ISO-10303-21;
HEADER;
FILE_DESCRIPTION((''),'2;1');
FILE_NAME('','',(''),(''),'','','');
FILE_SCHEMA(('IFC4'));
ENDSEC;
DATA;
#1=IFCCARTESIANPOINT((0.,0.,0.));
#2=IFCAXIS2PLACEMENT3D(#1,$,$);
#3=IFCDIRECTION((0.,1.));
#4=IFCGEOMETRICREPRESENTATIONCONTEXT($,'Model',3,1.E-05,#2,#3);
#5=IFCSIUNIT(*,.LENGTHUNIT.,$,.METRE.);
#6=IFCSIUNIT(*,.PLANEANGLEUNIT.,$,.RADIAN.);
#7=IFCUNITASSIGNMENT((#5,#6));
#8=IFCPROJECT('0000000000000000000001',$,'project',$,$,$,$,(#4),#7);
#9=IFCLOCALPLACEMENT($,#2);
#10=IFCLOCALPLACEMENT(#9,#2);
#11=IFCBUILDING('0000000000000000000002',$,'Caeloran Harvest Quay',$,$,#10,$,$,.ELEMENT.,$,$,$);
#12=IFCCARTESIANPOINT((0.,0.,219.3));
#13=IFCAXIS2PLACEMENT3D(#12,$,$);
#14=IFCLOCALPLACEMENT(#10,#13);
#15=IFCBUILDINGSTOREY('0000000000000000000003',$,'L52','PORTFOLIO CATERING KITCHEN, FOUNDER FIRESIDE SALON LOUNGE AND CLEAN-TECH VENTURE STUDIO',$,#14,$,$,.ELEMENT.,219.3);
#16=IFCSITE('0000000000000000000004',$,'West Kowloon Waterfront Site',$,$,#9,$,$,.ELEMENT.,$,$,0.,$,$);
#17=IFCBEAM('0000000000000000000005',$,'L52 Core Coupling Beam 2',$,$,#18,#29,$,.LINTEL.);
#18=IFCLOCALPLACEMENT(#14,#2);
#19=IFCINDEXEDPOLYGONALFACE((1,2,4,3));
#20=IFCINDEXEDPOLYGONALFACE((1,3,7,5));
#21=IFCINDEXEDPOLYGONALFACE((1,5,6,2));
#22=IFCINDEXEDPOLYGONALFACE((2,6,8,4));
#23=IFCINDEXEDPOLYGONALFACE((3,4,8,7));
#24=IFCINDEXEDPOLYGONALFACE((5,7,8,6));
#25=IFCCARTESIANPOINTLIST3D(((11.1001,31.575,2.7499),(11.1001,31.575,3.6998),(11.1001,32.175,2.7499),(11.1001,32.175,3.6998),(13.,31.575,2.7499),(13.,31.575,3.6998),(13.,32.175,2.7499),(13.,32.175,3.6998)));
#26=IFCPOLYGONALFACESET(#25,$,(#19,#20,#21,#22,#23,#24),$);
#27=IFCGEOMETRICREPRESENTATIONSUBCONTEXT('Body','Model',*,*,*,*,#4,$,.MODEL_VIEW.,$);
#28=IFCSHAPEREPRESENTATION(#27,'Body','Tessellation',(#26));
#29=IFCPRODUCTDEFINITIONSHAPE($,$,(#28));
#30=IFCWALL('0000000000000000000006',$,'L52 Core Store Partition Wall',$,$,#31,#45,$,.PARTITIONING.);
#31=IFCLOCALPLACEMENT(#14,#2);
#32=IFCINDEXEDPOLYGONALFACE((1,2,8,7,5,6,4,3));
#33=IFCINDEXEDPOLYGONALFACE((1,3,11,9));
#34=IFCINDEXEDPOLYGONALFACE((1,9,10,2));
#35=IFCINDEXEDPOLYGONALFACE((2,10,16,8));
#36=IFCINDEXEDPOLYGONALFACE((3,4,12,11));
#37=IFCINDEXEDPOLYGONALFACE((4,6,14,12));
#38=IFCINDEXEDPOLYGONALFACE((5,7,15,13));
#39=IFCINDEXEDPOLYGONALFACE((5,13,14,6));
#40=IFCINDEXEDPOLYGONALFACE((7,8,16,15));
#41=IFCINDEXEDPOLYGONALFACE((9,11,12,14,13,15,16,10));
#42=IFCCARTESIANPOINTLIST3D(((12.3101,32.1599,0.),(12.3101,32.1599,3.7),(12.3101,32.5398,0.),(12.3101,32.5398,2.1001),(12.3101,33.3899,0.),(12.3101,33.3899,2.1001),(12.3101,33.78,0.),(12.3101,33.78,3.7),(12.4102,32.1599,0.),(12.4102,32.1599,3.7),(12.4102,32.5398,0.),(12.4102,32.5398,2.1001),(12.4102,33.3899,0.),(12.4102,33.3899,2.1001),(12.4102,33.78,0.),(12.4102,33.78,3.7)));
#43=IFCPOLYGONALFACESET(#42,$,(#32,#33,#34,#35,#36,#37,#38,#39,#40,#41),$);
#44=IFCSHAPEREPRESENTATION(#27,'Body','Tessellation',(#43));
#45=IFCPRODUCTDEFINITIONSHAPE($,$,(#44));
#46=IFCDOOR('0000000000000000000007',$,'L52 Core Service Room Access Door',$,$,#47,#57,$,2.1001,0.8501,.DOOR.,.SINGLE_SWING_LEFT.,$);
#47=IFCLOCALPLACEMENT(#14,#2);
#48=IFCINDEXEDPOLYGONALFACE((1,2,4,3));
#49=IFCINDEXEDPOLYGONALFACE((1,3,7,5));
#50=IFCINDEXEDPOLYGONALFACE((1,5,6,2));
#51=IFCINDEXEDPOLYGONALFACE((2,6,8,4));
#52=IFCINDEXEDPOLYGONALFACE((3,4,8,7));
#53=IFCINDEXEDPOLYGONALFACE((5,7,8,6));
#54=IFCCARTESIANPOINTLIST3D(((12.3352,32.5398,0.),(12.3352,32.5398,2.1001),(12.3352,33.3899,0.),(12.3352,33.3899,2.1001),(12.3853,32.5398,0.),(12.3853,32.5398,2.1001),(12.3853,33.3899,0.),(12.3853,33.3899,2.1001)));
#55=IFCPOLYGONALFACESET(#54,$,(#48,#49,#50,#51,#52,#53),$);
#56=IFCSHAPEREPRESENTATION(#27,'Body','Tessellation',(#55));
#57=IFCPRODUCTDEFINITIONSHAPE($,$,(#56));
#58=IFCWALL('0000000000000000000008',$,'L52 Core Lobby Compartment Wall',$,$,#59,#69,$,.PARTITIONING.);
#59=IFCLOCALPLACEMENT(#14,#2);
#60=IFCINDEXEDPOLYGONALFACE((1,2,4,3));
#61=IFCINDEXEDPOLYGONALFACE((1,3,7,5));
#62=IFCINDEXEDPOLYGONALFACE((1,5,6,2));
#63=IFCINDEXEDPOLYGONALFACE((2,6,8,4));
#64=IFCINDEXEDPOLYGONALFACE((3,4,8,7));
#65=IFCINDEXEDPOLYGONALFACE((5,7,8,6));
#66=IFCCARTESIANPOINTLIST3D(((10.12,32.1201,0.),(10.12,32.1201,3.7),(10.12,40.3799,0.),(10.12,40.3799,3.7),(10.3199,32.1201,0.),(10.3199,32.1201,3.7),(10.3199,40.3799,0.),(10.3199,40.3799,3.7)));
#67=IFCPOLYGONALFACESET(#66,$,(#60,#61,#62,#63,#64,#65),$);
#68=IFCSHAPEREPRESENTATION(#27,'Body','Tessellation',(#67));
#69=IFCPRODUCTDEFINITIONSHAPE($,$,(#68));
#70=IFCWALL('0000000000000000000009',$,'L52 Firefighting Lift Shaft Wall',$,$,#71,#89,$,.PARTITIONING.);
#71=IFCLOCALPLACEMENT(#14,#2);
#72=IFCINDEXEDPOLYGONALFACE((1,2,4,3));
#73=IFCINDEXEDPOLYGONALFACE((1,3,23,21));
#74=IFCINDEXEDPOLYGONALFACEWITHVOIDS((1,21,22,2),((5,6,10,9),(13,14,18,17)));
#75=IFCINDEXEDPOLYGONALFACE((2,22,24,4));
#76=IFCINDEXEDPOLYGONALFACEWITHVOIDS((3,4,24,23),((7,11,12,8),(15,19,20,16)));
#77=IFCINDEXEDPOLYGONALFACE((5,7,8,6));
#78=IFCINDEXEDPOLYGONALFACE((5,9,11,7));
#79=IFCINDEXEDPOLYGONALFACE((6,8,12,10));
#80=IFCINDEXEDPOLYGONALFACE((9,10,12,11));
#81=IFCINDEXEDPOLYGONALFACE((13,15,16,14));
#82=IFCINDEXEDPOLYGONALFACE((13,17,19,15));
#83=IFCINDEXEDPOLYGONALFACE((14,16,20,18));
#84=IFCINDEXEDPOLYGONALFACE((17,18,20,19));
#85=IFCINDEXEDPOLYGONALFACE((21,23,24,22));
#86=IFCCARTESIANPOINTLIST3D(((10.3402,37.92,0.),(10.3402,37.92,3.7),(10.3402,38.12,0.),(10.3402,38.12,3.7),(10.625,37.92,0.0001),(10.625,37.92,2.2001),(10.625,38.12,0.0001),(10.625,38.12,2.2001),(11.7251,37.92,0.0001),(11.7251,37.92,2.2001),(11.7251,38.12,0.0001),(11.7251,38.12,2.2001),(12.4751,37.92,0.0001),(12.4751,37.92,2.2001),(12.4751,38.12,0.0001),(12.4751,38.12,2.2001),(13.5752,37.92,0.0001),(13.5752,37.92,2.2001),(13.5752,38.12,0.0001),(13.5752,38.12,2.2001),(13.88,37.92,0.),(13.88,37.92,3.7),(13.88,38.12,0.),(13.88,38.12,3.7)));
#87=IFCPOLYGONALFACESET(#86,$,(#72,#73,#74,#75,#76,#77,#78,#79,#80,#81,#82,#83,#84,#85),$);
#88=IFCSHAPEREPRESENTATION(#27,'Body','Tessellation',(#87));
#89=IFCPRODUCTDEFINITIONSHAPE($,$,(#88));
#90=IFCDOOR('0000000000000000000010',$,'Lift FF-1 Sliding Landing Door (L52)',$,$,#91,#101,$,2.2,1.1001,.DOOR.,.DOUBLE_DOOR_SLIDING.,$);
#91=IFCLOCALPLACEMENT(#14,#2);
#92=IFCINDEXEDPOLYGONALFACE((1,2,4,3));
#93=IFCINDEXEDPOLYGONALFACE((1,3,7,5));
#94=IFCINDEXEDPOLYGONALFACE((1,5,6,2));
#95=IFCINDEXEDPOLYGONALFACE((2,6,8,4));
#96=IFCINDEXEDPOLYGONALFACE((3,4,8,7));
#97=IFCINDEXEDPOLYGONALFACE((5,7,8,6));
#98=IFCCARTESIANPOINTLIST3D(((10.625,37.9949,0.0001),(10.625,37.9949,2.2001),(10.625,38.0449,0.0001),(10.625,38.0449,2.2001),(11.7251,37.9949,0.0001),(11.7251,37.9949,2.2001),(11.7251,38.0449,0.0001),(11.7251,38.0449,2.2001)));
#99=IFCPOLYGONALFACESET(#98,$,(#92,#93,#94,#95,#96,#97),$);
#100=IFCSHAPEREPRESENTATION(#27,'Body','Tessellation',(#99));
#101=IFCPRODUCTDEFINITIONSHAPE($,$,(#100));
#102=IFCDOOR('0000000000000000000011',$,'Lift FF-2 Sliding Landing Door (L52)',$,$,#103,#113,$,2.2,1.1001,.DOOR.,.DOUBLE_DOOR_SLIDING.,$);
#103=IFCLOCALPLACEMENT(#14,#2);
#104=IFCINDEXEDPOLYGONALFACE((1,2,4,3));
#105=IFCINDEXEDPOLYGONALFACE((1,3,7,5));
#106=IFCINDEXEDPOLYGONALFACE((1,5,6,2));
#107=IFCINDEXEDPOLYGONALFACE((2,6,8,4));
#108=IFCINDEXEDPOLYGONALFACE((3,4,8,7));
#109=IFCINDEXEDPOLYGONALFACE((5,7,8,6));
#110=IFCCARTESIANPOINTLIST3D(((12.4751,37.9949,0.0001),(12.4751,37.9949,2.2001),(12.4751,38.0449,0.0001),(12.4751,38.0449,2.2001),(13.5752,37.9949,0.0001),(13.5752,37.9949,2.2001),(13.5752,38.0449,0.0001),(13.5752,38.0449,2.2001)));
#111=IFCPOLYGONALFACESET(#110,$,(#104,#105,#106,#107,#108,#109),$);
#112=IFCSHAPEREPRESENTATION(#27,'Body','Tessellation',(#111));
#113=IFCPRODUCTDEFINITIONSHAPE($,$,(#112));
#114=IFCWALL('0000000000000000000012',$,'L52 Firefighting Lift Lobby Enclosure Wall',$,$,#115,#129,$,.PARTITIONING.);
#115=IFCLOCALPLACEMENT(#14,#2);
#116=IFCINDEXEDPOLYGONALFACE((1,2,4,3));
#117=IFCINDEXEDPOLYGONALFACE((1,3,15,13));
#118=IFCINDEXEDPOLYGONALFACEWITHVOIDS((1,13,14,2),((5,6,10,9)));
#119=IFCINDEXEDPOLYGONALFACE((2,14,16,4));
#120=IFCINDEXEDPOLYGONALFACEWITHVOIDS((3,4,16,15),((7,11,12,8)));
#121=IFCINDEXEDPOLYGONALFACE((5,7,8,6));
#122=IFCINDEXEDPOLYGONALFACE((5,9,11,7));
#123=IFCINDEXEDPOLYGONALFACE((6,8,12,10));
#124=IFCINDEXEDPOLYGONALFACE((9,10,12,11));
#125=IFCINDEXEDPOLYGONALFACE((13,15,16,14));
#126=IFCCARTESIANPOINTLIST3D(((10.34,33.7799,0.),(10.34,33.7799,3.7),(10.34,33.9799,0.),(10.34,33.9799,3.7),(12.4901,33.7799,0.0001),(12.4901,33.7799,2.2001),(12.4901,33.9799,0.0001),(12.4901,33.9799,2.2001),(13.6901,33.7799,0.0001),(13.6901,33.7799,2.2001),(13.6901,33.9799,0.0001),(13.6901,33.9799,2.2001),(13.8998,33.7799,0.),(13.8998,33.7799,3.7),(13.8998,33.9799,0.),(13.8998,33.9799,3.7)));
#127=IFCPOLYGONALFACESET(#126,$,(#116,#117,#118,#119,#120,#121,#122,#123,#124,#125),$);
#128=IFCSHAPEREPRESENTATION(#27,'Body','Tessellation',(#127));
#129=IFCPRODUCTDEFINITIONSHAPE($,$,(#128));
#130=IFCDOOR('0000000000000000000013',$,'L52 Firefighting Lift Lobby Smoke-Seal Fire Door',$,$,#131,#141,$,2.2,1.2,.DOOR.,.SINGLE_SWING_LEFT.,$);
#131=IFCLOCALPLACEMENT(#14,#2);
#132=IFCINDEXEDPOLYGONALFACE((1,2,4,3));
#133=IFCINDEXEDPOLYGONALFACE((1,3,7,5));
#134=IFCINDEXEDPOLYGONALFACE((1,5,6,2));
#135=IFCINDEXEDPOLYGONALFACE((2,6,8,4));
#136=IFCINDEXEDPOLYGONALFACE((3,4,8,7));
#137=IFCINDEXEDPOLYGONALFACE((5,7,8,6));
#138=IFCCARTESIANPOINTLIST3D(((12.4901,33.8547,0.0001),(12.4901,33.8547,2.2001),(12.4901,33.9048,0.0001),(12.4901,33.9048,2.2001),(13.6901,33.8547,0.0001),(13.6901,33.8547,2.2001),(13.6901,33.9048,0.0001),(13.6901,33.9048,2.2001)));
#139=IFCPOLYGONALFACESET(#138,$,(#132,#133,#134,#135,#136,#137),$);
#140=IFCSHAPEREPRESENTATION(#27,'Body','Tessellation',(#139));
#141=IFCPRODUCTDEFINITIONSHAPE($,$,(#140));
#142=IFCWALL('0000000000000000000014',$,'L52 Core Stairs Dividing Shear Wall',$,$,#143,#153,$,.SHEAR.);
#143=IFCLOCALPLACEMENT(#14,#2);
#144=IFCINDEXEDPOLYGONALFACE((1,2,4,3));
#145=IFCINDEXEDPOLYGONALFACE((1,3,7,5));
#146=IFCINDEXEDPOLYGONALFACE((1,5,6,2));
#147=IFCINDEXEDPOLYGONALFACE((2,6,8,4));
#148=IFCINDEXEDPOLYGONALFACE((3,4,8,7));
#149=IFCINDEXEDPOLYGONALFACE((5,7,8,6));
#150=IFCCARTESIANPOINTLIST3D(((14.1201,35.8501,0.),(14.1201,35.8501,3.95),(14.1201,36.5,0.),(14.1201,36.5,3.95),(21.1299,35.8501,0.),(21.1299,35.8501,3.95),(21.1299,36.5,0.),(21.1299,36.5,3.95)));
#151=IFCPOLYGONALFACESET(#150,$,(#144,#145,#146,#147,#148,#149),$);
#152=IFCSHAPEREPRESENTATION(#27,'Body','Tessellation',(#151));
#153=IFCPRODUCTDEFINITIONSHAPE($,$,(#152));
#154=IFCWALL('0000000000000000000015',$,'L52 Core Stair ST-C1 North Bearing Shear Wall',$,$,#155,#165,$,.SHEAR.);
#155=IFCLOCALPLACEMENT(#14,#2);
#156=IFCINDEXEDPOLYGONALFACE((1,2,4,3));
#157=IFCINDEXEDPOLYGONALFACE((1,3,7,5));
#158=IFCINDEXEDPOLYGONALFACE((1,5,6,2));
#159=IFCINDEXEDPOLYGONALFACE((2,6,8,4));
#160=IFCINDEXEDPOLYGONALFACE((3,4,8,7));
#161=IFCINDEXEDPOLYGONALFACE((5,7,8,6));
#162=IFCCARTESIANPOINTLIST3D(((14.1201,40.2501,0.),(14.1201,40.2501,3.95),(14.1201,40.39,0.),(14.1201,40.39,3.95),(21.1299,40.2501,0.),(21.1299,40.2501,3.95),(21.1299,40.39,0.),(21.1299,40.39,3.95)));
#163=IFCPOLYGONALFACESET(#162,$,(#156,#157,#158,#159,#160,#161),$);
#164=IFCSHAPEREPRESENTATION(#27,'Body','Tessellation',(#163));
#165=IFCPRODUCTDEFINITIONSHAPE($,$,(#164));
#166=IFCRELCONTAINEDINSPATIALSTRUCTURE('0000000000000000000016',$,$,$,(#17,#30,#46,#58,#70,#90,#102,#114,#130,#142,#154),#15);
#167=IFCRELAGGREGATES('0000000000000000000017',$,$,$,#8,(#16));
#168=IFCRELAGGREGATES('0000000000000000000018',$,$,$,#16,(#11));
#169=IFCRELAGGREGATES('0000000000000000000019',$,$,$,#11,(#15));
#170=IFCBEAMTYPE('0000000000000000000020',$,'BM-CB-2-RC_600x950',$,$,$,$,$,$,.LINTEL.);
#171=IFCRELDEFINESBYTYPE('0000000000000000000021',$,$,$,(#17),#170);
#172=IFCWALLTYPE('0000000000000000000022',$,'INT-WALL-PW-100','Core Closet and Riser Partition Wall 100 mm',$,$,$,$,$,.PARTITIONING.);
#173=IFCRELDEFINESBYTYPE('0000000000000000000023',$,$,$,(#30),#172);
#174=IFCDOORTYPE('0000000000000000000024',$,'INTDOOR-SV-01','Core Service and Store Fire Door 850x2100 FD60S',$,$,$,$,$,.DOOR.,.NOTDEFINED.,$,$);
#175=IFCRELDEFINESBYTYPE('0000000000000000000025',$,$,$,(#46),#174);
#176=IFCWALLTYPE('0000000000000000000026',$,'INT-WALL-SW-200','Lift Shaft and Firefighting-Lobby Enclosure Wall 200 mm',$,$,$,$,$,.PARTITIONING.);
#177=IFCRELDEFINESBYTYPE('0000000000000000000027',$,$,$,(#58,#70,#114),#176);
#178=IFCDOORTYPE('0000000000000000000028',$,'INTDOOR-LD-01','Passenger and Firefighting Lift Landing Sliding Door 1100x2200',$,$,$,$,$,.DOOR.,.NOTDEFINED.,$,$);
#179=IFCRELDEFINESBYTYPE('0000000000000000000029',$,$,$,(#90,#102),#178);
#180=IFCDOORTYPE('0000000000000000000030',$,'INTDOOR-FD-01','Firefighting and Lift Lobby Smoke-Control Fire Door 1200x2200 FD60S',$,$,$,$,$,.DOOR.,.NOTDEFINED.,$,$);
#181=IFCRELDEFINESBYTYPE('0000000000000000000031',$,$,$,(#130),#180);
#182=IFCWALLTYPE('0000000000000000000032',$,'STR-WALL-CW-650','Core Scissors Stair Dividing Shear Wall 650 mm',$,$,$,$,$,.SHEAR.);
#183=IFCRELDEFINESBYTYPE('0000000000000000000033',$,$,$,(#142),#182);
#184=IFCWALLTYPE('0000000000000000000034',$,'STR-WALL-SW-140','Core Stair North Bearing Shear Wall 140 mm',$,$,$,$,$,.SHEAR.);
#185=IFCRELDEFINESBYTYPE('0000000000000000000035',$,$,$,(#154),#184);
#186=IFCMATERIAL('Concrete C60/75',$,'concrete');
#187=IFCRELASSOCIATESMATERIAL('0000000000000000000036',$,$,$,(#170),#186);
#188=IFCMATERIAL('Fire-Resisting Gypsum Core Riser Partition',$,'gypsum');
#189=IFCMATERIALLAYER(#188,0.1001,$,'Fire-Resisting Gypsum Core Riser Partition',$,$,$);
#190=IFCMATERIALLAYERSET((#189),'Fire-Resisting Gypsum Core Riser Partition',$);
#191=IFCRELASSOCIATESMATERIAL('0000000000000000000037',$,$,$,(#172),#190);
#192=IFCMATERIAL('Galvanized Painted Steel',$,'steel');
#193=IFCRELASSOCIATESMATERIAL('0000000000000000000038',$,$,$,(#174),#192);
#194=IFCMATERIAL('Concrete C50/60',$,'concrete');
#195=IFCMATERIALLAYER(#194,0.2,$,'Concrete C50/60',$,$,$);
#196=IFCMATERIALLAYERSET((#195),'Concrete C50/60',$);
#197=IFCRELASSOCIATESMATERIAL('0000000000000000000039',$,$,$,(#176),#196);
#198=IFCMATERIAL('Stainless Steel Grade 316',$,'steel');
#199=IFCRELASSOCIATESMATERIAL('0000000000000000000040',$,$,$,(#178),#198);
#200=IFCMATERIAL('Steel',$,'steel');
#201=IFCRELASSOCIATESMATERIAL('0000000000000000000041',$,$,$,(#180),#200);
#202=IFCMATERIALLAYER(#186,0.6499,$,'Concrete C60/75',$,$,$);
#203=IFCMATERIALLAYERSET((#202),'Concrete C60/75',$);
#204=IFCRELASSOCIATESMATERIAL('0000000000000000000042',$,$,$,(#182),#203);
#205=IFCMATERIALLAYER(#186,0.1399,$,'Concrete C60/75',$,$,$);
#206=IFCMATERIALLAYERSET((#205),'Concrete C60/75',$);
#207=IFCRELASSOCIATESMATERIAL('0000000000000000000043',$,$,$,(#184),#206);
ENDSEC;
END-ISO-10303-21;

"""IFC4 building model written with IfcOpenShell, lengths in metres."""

from ifc_helpers import new_model, si_unit, direction, frame, frame_2d, origin, origin_2d, place, context, subcontext, project, spatial, rectangle, extrude, material, layer, layer_set, material_profile, profile_set, type_object, element, fill, save


model = new_model("IFC4")

# Units and contexts
model_context = context("Model", 3, precision=1e-05, world=origin(), true_north=direction((0.0, 1.0)))
body_context = subcontext(model_context, "Body", "Model", "MODEL_VIEW")
ifc_project = project(units=[si_unit("LENGTHUNIT", "METRE"), si_unit("PLANEANGLEUNIT", "RADIAN")], contexts=[model_context])

# Site, building, storey
site_placement = place(None, origin())
site = spatial("IfcSite", under=ifc_project, at=site_placement, Name="West Kowloon Waterfront Site", CompositionType="ELEMENT", RefElevation=0.0)
building_placement = place(site_placement, origin())
building = spatial("IfcBuilding", under=site, at=building_placement, Name="Caeloran Harvest Quay", CompositionType="ELEMENT")
storey_placement = place(building_placement, frame((0.0, 0.0, 219.3)))
storey = spatial("IfcBuildingStorey", under=building, at=storey_placement, Name="L52", Description="PORTFOLIO CATERING KITCHEN, FOUNDER FIRESIDE SALON LOUNGE AND CLEAN-TECH VENTURE STUDIO", CompositionType="ELEMENT", Elevation=219.3)

# Beam
ifc_material_1 = material(Name="Concrete C60/75", Category="concrete")
ifc_material_profile = material_profile(ifc_material_1, rectangle(XDim=0.6001, YDim=0.95, at=origin_2d()), Name="RC 600x950")
ifc_profile_set = profile_set([ifc_material_profile], Name="Concrete C60/75")
beam_type = type_object("IfcBeamType", Name="BM-CB-2-RC_600x950", PredefinedType="LINTEL", material=ifc_profile_set)
beam_placement = place(storey_placement, frame((11.1001, 31.875, 3.2249), z_axis=(1.0, 0.0, 0.0), x_axis=(0.0, 1.0, 0.0)))
element("IfcBeam", 1, at=beam_placement, inside=storey, type_object=beam_type, Name="L52 Core Coupling Beam 2", PredefinedType="LINTEL", context=body_context, shape_type="SweptSolid", body=[
    extrude(rectangle(XDim=0.6001, YDim=0.95, at=origin_2d()), origin(), (0.0, 0.0, 1.0), 1.8999),
])

# Wall, opening, door
ifc_material_2 = material(Name="Fire-Resisting Gypsum Core Riser Partition", Category="gypsum")
ifc_layer_1 = layer(ifc_material_2, 0.1001, Name="Fire-Resisting Gypsum Core Riser Partition")
ifc_layer_set_1 = layer_set([ifc_layer_1], Name="Fire-Resisting Gypsum Core Riser Partition")
wall_type_1 = type_object("IfcWallType", Name="INT-WALL-PW-100", Description="Core Closet and Riser Partition Wall 100 mm", PredefinedType="PARTITIONING", material=ifc_layer_set_1)
wall_1_placement = place(storey_placement, frame((12.3601, 32.1599, 0.0), z_axis=(0.0, 0.0, 1.0), x_axis=(0.0, 1.0, 0.0)))
wall_1 = element("IfcWall", 2, at=wall_1_placement, inside=storey, type_object=wall_type_1, Name="L52 Core Store Partition Wall", PredefinedType="PARTITIONING", context=body_context, shape_type="SweptSolid", body=[
    extrude(rectangle(XDim=1.6201, YDim=0.1001, at=frame_2d((0.8101, 0.0))), origin(), (0.0, 0.0, 1.0), 3.7),
])
opening_1_placement = place(wall_1_placement, frame((0.3799, 0.0, 0.0)))
opening_1 = element("IfcOpeningElement", 3, at=opening_1_placement, cuts=wall_1, PredefinedType="OPENING", context=body_context, shape_type="SweptSolid", body=[
    extrude(rectangle(XDim=0.8501, YDim=2.1001, at=frame_2d((0.425, 1.05))), frame((0.0, 0.0601, 0.0), z_axis=(0.0, -1.0, 0.0), x_axis=(1.0, 0.0, 0.0)), (0.0, 0.0, 1.0), 0.1201),
])
ifc_material_3 = material(Name="Galvanized Painted Steel", Category="steel")
door_type_1 = type_object("IfcDoorType", Name="INTDOOR-SV-01", Description="Core Service and Store Fire Door 850x2100 FD60S", OperationType="NOTDEFINED", PredefinedType="DOOR", material=ifc_material_3)
door_1_placement = place(opening_1_placement, origin())
door_1 = element("IfcDoor", 4, at=door_1_placement, inside=storey, type_object=door_type_1, Name="L52 Core Service Room Access Door", OperationType="SINGLE_SWING_LEFT", OverallHeight=2.1001, OverallWidth=0.8501, PredefinedType="DOOR", context=body_context, shape_type="SweptSolid", body=[
    extrude(rectangle(XDim=0.8501, YDim=2.1001, at=frame_2d((0.425, 1.05))), frame((0.0, 0.0249, 0.0), z_axis=(0.0, -1.0, 0.0), x_axis=(1.0, 0.0, 0.0)), (0.0, 0.0, 1.0), 0.05),
])
fill(opening_1, door_1)

# Wall
ifc_material_4 = material(Name="Concrete C50/60", Category="concrete")
ifc_layer_2 = layer(ifc_material_4, 0.2, Name="Concrete C50/60")
ifc_layer_set_2 = layer_set([ifc_layer_2], Name="Concrete C50/60")
wall_type_2 = type_object("IfcWallType", Name="INT-WALL-SW-200", Description="Lift Shaft and Firefighting-Lobby Enclosure Wall 200 mm", PredefinedType="PARTITIONING", material=ifc_layer_set_2)
wall_2_placement = place(storey_placement, frame((10.22, 32.1201, 0.0), z_axis=(0.0, 0.0, 1.0), x_axis=(0.0, 1.0, 0.0)))
element("IfcWall", 5, at=wall_2_placement, inside=storey, type_object=wall_type_2, Name="L52 Core Lobby Compartment Wall", PredefinedType="PARTITIONING", context=body_context, shape_type="SweptSolid", body=[
    extrude(rectangle(XDim=8.2598, YDim=0.2, at=frame_2d((4.1299, 0.0))), origin(), (0.0, 0.0, 1.0), 3.7),
])

# Wall, openings, doors
wall_3_placement = place(storey_placement, frame((10.3401, 38.02, 0.0), z_axis=(0.0, 0.0, 1.0), x_axis=(1.0, 0.0, 0.0)))
wall_3 = element("IfcWall", 6, at=wall_3_placement, inside=storey, type_object=wall_type_2, Name="L52 Firefighting Lift Shaft Wall", PredefinedType="PARTITIONING", context=body_context, shape_type="SweptSolid", body=[
    extrude(rectangle(XDim=3.5398, YDim=0.2, at=frame_2d((1.77, 0.0))), origin(), (0.0, 0.0, 1.0), 3.7),
])
opening_2_placement = place(wall_3_placement, frame((0.2849, 0.0, 0.0)))
opening_2 = element("IfcOpeningElement", 7, at=opening_2_placement, cuts=wall_3, PredefinedType="OPENING", context=body_context, shape_type="SweptSolid", body=[
    extrude(rectangle(XDim=1.1001, YDim=2.2, at=frame_2d((0.55, 1.1001))), frame((0.0, 0.1099, 0.0), z_axis=(0.0, -1.0, 0.0), x_axis=(1.0, 0.0, 0.0)), (0.0, 0.0, 1.0), 0.22),
])
opening_3_placement = place(wall_3_placement, frame((2.135, 0.0, 0.0)))
opening_3 = element("IfcOpeningElement", 8, at=opening_3_placement, cuts=wall_3, PredefinedType="OPENING", context=body_context, shape_type="SweptSolid", body=[
    extrude(rectangle(XDim=1.1001, YDim=2.2, at=frame_2d((0.55, 1.1001))), frame((0.0, 0.1099, 0.0), z_axis=(0.0, -1.0, 0.0), x_axis=(1.0, 0.0, 0.0)), (0.0, 0.0, 1.0), 0.22),
])
ifc_material_5 = material(Name="Stainless Steel Grade 316", Category="steel")
door_type_2 = type_object("IfcDoorType", Name="INTDOOR-LD-01", Description="Passenger and Firefighting Lift Landing Sliding Door 1100x2200", OperationType="NOTDEFINED", PredefinedType="DOOR", material=ifc_material_5)
door_2_placement = place(opening_2_placement, origin())
door_2 = element("IfcDoor", 9, at=door_2_placement, inside=storey, type_object=door_type_2, Name="Lift FF-1 Sliding Landing Door (L52)", OperationType="DOUBLE_DOOR_SLIDING", OverallHeight=2.2, OverallWidth=1.1001, PredefinedType="DOOR", context=body_context, shape_type="SweptSolid", body=[
    extrude(rectangle(XDim=1.1001, YDim=2.2, at=frame_2d((0.55, 1.1001))), frame((0.0, 0.0249, 0.0), z_axis=(0.0, -1.0, 0.0), x_axis=(1.0, 0.0, 0.0)), (0.0, 0.0, 1.0), 0.05),
])
fill(opening_2, door_2)
door_3_placement = place(opening_3_placement, origin())
door_3 = element("IfcDoor", 10, at=door_3_placement, inside=storey, type_object=door_type_2, Name="Lift FF-2 Sliding Landing Door (L52)", OperationType="DOUBLE_DOOR_SLIDING", OverallHeight=2.2, OverallWidth=1.1001, PredefinedType="DOOR", context=body_context, shape_type="SweptSolid", body=[
    extrude(rectangle(XDim=1.1001, YDim=2.2, at=frame_2d((0.55, 1.1001))), frame((0.0, 0.0249, 0.0), z_axis=(0.0, -1.0, 0.0), x_axis=(1.0, 0.0, 0.0)), (0.0, 0.0, 1.0), 0.05),
])
fill(opening_3, door_3)

# Wall, opening, door
wall_4_placement = place(storey_placement, frame((10.3401, 33.8799, 0.0), z_axis=(0.0, 0.0, 1.0), x_axis=(1.0, 0.0, 0.0)))
wall_4 = element("IfcWall", 11, at=wall_4_placement, inside=storey, type_object=wall_type_2, Name="L52 Firefighting Lift Lobby Enclosure Wall", PredefinedType="PARTITIONING", context=body_context, shape_type="SweptSolid", body=[
    extrude(rectangle(XDim=3.5598, YDim=0.2, at=frame_2d((1.7798, 0.0))), origin(), (0.0, 0.0, 1.0), 3.7),
])
opening_4_placement = place(wall_4_placement, frame((2.1499, 0.0, 0.0)))
opening_4 = element("IfcOpeningElement", 12, at=opening_4_placement, cuts=wall_4, PredefinedType="OPENING", context=body_context, shape_type="SweptSolid", body=[
    extrude(rectangle(XDim=1.2, YDim=2.2, at=frame_2d((0.6001, 1.1001))), frame((0.0, 0.1099, 0.0), z_axis=(0.0, -1.0, 0.0), x_axis=(1.0, 0.0, 0.0)), (0.0, 0.0, 1.0), 0.22),
])
ifc_material_6 = material(Name="Steel", Category="steel")
door_type_3 = type_object("IfcDoorType", Name="INTDOOR-FD-01", Description="Firefighting and Lift Lobby Smoke-Control Fire Door 1200x2200 FD60S", OperationType="NOTDEFINED", PredefinedType="DOOR", material=ifc_material_6)
door_4_placement = place(opening_4_placement, origin())
door_4 = element("IfcDoor", 13, at=door_4_placement, inside=storey, type_object=door_type_3, Name="L52 Firefighting Lift Lobby Smoke-Seal Fire Door", OperationType="SINGLE_SWING_LEFT", OverallHeight=2.2, OverallWidth=1.2, PredefinedType="DOOR", context=body_context, shape_type="SweptSolid", body=[
    extrude(rectangle(XDim=1.2, YDim=2.2, at=frame_2d((0.6001, 1.1001))), frame((0.0, 0.0249, 0.0), z_axis=(0.0, -1.0, 0.0), x_axis=(1.0, 0.0, 0.0)), (0.0, 0.0, 1.0), 0.05),
])
fill(opening_4, door_4)

# Walls
ifc_layer_3 = layer(ifc_material_1, 0.6499, Name="Concrete C60/75")
ifc_layer_set_3 = layer_set([ifc_layer_3], Name="Concrete C60/75")
wall_type_3 = type_object("IfcWallType", Name="STR-WALL-CW-650", Description="Core Scissors Stair Dividing Shear Wall 650 mm", PredefinedType="SHEAR", material=ifc_layer_set_3)
wall_5_placement = place(storey_placement, frame((14.1201, 36.175, 0.0), z_axis=(0.0, 0.0, 1.0), x_axis=(1.0, 0.0, 0.0)))
element("IfcWall", 14, at=wall_5_placement, inside=storey, type_object=wall_type_3, Name="L52 Core Stairs Dividing Shear Wall", PredefinedType="SHEAR", context=body_context, shape_type="SweptSolid", body=[
    extrude(rectangle(XDim=7.0098, YDim=0.6499, at=frame_2d((3.5049, 0.0))), origin(), (0.0, 0.0, 1.0), 3.95),
])
ifc_layer_4 = layer(ifc_material_1, 0.1399, Name="Concrete C60/75")
ifc_layer_set_4 = layer_set([ifc_layer_4], Name="Concrete C60/75")
wall_type_4 = type_object("IfcWallType", Name="STR-WALL-SW-140", Description="Core Stair North Bearing Shear Wall 140 mm", PredefinedType="SHEAR", material=ifc_layer_set_4)
wall_6_placement = place(storey_placement, frame((14.1201, 40.3201, 0.0), z_axis=(0.0, 0.0, 1.0), x_axis=(1.0, 0.0, 0.0)))
element("IfcWall", 15, at=wall_6_placement, inside=storey, type_object=wall_type_4, Name="L52 Core Stair ST-C1 North Bearing Shear Wall", PredefinedType="SHEAR", context=body_context, shape_type="SweptSolid", body=[
    extrude(rectangle(XDim=7.0098, YDim=0.1399, at=frame_2d((3.5049, 0.0))), origin(), (0.0, 0.0, 1.0), 3.95),
])

save(model, "model.ifc")
